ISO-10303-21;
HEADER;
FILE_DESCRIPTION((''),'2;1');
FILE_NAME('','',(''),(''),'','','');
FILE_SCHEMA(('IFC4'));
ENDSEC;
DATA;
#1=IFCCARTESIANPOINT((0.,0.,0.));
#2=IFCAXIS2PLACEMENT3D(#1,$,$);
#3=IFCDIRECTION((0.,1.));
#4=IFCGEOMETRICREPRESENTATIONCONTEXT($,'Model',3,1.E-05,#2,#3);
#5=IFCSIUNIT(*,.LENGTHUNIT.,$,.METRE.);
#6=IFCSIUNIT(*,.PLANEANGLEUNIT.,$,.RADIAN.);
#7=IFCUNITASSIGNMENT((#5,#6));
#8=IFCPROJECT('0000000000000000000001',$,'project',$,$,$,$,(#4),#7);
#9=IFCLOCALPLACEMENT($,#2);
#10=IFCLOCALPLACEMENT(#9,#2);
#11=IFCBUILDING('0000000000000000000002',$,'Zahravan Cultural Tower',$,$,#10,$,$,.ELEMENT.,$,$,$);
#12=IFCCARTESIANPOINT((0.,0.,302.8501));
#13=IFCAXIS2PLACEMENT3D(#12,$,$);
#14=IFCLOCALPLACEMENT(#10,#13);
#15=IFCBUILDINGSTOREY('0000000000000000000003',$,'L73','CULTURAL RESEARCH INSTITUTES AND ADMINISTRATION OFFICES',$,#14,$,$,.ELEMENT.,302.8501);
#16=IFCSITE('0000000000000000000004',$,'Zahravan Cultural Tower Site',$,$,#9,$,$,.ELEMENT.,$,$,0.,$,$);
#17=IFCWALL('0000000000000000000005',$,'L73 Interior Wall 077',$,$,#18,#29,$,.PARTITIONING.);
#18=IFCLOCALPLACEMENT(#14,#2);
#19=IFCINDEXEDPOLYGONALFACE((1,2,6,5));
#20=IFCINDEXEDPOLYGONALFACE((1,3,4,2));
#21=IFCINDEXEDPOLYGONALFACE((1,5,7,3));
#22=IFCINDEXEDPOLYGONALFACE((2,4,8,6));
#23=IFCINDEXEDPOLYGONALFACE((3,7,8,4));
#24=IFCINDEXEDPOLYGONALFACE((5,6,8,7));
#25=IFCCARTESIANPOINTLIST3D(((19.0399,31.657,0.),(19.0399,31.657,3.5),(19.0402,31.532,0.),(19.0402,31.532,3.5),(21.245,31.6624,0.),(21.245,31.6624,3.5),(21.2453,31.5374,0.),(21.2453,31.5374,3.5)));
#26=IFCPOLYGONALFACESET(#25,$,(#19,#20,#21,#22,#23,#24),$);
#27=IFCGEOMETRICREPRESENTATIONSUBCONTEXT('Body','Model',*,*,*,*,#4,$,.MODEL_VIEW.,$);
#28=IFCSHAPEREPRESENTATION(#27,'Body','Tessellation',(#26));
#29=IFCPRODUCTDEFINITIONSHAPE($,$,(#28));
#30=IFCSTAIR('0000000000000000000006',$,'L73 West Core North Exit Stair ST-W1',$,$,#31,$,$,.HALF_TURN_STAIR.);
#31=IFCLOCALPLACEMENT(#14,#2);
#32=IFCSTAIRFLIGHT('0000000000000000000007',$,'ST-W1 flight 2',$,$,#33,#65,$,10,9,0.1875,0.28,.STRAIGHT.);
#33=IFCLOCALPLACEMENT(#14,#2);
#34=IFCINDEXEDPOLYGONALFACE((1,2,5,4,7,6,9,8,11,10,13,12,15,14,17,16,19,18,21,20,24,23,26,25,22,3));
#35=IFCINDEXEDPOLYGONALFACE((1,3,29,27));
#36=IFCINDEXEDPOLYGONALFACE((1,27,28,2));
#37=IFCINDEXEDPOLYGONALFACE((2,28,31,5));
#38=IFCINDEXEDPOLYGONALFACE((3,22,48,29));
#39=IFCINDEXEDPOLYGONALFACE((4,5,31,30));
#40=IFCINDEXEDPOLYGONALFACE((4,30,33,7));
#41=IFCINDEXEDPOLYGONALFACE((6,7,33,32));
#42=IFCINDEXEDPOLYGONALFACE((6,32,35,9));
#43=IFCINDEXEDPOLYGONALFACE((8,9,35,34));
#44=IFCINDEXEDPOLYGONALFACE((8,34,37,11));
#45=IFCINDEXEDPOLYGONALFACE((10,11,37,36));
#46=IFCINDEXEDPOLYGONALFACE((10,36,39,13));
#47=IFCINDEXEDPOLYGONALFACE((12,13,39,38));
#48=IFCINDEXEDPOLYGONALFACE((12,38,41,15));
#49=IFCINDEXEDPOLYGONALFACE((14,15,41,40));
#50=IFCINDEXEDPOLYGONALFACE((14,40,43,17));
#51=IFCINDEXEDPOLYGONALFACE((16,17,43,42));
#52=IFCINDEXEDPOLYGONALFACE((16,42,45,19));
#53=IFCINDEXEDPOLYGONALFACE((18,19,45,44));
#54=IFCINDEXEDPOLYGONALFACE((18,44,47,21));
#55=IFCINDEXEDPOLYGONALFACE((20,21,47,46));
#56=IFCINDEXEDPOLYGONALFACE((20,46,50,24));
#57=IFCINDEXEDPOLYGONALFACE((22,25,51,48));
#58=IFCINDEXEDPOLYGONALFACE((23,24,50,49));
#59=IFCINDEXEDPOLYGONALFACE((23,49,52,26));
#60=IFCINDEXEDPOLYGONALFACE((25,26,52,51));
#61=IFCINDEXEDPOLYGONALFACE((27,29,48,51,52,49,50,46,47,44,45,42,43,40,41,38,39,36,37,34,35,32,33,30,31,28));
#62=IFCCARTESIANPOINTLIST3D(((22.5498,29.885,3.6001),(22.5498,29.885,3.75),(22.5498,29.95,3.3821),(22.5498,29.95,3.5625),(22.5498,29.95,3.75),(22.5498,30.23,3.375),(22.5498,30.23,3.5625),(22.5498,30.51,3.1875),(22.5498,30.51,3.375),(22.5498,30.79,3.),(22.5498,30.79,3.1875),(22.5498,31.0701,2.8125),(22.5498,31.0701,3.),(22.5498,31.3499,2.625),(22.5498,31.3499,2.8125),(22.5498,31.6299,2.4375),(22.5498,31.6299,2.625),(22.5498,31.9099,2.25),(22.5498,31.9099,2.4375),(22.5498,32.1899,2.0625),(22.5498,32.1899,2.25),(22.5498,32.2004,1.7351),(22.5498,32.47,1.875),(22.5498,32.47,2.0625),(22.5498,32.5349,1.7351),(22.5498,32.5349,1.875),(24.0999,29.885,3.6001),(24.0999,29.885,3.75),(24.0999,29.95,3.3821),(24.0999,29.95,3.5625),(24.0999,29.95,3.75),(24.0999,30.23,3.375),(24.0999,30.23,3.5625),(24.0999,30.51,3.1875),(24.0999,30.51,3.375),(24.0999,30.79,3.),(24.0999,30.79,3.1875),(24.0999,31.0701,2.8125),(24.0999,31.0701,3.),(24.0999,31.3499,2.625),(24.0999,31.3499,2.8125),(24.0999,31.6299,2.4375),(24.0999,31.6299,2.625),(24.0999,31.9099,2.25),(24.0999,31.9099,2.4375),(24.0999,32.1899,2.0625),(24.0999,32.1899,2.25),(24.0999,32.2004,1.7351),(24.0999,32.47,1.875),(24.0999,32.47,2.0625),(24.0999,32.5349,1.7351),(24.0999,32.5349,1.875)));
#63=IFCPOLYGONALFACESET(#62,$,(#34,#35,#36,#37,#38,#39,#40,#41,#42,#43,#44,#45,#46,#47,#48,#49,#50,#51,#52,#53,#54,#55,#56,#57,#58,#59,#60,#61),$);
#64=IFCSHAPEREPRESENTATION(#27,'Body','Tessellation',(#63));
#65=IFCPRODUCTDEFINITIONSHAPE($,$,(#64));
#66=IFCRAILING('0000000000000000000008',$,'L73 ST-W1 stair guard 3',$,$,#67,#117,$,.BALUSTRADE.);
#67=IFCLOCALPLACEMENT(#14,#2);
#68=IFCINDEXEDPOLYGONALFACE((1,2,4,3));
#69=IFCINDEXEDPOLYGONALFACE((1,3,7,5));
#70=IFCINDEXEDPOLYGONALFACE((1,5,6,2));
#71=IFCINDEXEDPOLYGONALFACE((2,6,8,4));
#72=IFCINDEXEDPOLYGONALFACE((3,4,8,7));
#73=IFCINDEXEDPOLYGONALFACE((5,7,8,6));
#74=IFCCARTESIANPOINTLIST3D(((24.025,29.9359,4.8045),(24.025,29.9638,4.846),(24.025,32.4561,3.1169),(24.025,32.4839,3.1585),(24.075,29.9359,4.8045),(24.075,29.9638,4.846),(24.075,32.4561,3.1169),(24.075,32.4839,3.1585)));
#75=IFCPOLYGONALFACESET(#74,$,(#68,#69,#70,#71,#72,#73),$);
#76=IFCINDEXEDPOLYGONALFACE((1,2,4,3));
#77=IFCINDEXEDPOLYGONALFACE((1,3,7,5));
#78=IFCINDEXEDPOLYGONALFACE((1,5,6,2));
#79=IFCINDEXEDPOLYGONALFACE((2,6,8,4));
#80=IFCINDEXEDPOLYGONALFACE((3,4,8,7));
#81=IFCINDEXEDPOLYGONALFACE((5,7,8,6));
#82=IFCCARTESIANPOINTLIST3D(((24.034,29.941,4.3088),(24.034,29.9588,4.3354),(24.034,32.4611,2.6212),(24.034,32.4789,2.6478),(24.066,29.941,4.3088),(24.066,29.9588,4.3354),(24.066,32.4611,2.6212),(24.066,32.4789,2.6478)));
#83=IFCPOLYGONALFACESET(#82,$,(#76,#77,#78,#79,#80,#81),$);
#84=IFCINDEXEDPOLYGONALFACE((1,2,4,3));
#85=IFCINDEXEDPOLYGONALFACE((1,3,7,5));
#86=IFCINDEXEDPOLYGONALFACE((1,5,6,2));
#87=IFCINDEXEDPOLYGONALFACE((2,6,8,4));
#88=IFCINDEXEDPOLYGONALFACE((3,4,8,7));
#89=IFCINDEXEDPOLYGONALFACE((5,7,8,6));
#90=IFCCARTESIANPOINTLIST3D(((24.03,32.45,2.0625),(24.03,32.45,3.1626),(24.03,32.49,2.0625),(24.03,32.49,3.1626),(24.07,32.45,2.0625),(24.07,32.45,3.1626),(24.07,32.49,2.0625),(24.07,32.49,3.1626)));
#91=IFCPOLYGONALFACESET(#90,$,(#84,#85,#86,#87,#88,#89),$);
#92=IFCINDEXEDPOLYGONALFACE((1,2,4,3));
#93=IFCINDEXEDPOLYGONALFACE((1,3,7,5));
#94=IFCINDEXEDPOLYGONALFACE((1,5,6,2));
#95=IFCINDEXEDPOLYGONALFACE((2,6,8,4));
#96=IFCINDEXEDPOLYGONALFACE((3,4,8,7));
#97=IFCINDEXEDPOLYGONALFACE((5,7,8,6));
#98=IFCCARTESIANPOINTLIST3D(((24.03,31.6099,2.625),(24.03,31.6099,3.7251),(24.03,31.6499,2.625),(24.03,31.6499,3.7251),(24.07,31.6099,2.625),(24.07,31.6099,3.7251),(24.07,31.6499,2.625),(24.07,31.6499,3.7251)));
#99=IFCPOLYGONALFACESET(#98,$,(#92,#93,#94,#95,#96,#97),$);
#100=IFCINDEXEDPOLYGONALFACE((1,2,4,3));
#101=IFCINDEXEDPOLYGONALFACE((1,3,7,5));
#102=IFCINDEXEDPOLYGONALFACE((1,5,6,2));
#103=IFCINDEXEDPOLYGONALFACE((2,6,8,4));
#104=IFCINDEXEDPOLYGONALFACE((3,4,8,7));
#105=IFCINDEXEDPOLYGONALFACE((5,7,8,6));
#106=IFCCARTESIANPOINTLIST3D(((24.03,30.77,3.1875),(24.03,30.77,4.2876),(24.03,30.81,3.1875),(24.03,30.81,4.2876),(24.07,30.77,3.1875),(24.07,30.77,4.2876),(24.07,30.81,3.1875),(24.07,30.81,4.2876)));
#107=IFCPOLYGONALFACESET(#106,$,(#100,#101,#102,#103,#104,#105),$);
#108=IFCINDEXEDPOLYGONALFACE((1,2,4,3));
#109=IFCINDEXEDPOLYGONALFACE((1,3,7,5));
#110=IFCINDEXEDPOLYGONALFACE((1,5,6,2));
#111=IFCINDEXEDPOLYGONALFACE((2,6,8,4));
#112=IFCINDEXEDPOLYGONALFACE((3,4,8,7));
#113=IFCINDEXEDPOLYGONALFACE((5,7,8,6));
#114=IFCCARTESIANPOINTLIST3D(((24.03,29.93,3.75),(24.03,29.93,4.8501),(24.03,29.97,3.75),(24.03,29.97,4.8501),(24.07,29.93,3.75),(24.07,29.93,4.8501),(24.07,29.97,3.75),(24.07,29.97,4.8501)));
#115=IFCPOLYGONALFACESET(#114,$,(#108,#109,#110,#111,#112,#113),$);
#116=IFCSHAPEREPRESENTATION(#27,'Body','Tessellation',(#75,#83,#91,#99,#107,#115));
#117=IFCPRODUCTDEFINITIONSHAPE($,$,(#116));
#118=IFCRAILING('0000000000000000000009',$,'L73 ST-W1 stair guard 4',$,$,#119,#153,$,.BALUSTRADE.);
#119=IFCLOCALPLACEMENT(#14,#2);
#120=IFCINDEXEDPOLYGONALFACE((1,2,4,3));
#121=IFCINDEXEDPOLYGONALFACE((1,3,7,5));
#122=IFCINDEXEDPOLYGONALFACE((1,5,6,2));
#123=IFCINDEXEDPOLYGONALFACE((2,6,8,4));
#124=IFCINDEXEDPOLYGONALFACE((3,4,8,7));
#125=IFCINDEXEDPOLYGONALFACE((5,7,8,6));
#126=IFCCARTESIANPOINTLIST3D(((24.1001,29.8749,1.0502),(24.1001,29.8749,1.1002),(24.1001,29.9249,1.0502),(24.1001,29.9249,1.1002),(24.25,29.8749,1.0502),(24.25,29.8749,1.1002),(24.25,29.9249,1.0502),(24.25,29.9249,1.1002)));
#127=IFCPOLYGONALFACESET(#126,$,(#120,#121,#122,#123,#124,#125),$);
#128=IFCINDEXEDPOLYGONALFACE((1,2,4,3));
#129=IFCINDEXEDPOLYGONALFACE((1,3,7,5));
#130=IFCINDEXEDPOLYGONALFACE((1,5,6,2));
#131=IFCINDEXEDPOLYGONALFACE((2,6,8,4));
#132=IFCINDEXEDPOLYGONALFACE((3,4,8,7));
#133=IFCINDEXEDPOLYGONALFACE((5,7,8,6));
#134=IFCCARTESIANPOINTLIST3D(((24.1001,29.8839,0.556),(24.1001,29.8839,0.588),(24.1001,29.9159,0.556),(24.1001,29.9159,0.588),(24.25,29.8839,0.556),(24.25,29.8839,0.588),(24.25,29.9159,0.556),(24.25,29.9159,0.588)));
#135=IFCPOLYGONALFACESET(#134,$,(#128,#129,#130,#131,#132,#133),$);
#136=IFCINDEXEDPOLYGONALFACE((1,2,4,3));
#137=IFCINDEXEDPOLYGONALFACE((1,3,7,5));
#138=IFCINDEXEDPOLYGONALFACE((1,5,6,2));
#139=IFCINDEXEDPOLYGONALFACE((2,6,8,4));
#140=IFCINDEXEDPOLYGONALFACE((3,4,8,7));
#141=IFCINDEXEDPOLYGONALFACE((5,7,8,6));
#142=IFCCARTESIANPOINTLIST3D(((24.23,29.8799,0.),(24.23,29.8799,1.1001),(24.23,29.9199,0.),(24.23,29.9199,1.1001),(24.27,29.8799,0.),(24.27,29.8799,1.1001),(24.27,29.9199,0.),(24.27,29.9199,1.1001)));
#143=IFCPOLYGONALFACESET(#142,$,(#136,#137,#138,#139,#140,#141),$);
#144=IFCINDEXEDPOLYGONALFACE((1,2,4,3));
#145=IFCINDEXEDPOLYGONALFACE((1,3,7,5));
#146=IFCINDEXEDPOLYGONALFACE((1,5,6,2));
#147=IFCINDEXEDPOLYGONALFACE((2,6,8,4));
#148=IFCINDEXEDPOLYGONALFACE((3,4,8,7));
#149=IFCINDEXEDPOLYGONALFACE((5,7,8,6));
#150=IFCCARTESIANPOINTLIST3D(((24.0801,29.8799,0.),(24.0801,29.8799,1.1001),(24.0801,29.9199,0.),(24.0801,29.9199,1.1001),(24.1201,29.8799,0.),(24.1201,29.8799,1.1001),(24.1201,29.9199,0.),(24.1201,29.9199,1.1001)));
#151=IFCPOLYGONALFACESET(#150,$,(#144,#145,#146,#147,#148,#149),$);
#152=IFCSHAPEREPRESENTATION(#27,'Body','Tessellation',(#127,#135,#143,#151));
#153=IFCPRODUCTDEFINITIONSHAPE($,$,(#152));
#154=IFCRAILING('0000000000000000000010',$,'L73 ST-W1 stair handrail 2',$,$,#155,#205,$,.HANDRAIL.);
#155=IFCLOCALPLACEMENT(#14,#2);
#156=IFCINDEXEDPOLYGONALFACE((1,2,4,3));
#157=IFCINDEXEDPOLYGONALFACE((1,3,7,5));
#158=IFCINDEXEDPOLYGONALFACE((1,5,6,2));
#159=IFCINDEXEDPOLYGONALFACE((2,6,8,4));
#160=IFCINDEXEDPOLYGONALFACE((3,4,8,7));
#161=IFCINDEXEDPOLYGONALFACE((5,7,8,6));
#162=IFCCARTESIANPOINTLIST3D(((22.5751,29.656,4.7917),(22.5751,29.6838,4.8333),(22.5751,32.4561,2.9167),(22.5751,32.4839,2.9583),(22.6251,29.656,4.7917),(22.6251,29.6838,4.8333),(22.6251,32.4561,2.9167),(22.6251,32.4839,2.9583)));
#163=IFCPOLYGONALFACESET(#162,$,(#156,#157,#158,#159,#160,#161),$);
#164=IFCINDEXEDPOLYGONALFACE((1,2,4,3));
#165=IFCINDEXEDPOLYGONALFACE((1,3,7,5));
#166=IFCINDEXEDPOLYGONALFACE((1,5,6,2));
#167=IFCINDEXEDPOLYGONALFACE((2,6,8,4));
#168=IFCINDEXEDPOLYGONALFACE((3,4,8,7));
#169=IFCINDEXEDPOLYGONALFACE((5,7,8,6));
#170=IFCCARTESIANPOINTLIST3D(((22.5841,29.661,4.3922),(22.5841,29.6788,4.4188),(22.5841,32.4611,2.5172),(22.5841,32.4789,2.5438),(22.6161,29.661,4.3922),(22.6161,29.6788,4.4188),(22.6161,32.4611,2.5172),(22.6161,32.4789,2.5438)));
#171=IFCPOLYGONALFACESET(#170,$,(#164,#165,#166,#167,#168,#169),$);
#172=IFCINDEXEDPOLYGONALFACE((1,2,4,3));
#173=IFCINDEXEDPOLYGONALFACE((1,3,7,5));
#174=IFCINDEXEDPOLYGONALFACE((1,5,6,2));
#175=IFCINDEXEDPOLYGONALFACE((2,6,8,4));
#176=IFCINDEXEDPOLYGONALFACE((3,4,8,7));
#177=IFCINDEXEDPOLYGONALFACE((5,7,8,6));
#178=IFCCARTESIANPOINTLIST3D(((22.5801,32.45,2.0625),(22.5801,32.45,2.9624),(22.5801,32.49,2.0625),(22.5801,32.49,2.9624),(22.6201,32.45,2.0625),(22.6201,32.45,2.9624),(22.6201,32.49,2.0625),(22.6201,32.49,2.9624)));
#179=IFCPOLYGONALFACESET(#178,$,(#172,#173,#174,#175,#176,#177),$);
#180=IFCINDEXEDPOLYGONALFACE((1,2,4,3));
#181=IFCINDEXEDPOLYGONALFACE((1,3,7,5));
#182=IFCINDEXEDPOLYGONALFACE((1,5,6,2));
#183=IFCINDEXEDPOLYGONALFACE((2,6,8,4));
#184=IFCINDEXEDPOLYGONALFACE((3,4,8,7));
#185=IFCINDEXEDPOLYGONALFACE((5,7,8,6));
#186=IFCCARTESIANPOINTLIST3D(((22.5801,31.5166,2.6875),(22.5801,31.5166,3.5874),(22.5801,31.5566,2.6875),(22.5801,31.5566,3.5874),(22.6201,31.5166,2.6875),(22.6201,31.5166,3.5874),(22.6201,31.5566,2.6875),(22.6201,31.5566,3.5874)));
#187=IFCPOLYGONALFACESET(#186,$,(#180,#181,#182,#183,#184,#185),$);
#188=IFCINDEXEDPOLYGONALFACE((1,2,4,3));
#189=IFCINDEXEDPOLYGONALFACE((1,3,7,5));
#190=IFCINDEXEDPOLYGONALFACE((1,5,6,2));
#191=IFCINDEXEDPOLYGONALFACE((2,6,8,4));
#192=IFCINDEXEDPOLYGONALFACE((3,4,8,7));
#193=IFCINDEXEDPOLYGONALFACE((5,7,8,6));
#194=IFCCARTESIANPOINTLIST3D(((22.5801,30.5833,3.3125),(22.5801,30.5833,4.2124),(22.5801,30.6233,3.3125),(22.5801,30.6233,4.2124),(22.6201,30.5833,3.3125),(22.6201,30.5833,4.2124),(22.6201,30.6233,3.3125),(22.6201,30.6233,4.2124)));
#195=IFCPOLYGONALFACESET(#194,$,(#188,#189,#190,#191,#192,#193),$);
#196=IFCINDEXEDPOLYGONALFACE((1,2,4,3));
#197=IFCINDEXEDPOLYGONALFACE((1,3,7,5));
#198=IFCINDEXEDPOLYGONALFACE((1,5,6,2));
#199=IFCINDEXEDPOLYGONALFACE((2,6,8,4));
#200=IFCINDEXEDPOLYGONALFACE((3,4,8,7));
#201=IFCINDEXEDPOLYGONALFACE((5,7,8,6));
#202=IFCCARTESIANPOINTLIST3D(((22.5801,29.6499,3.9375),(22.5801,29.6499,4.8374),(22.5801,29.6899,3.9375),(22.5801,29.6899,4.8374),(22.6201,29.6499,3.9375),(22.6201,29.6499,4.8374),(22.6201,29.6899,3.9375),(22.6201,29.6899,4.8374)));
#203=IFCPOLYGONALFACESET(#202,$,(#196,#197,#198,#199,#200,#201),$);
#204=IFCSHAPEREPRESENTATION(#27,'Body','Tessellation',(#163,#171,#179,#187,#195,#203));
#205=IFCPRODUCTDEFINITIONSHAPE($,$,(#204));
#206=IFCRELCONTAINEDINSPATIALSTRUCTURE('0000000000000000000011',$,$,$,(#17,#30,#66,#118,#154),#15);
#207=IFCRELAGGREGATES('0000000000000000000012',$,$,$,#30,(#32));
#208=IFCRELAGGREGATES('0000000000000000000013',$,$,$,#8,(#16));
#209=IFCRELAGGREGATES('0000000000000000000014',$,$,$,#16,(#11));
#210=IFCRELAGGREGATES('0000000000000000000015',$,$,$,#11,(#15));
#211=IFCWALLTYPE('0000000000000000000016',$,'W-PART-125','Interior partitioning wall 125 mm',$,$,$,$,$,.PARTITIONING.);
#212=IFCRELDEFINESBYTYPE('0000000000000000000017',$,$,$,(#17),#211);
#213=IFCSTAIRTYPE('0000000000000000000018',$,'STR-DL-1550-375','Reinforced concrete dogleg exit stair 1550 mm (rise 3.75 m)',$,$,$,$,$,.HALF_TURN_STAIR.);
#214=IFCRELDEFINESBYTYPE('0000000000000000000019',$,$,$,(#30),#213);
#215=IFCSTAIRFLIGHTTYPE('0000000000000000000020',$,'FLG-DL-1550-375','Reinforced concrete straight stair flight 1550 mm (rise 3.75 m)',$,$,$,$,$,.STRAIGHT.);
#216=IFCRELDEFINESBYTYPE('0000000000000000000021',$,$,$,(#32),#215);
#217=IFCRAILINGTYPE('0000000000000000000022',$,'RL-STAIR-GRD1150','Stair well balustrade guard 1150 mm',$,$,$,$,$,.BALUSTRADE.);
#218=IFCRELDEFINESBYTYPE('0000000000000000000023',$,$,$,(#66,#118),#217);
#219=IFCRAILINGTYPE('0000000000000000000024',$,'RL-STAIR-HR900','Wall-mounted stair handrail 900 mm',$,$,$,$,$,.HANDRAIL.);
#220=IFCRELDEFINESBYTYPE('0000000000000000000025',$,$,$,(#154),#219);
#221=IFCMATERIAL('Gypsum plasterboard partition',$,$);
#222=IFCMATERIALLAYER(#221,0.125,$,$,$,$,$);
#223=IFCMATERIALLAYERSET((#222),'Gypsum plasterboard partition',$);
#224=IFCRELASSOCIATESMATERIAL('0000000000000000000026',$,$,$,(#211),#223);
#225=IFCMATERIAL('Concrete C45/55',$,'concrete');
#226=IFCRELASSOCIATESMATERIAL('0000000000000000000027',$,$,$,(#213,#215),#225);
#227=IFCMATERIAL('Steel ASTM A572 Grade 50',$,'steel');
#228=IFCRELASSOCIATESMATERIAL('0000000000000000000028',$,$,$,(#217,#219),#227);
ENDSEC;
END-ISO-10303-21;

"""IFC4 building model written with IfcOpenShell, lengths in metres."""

from ifc_helpers import new_model, si_unit, direction, frame, frame_2d, origin, origin_2d, place, context, subcontext, project, spatial, polyline, rectangle, outline, extrude, source, transform, mapped, material, layer, layer_set, type_object, element, aggregate, save


model = new_model("IFC4")

# Units and contexts
model_context = context("Model", 3, precision=1e-05, world=origin(), true_north=direction((0.0, 1.0)))
body_context = subcontext(model_context, "Body", "Model", "MODEL_VIEW")
ifc_project = project(units=[si_unit("LENGTHUNIT", "METRE"), si_unit("PLANEANGLEUNIT", "RADIAN")], contexts=[model_context])

# Site, building, storey
site_placement = place(None, origin())
site = spatial("IfcSite", under=ifc_project, at=site_placement, Name="Zahravan Cultural Tower Site", CompositionType="ELEMENT", RefElevation=0.0)
building_placement = place(site_placement, origin())
building = spatial("IfcBuilding", under=site, at=building_placement, Name="Zahravan Cultural Tower", CompositionType="ELEMENT")
storey_placement = place(building_placement, frame((0.0, 0.0, 302.8501)))
storey = spatial("IfcBuildingStorey", under=building, at=storey_placement, Name="L73", Description="CULTURAL RESEARCH INSTITUTES AND ADMINISTRATION OFFICES", CompositionType="ELEMENT", Elevation=302.8501)

# Shared definitions
ifc_material_1 = material(Name="Gypsum plasterboard partition")
ifc_layer_1 = layer(ifc_material_1, 0.125)
ifc_layer_set_1 = layer_set([ifc_layer_1], Name="Gypsum plasterboard partition")
wall_type_1 = type_object("IfcWallType", Name="W-PART-125", Description="Interior partitioning wall 125 mm", PredefinedType="PARTITIONING", material=ifc_layer_set_1)

# Wall
ifc_material_2 = material(Name="Concrete C45/55", Category="concrete")
shared_shape_1 = source(origin(), body_context, "Body", "SweptSolid", [
    extrude(rectangle(XDim=2.2051, YDim=0.125, at=frame_2d((1.1025, 0.0))), origin(), (0.0, 0.0, 1.0), 3.5),
])
wall_1_placement = place(storey_placement, frame((21.2451, 31.5999, 0.0), z_axis=(0.0, 0.0, 1.0), x_axis=(-0.999997, -0.002436, 0.0)))
element("IfcWall", 1, at=wall_1_placement, inside=storey, type_object=wall_type_1, Name="L73 Interior Wall 077", PredefinedType="PARTITIONING", context=body_context, shape_type="MappedRepresentation", body=[
    mapped(shared_shape_1, transform((0.0, 0.0, 0.0), x_axis=(1.0, 0.0, 0.0), y_axis=(0.0, 1.0, 0.0), z_axis=(0.0, 0.0, 1.0), scale=1.0)),
])

# Stair, stair flight
stair_type = type_object("IfcStairType", Name="STR-DL-1550-375", Description="Reinforced concrete dogleg exit stair 1550 mm (rise 3.75 m)", PredefinedType="HALF_TURN_STAIR", material=ifc_material_2)
stair_placement = place(storey_placement, origin())
stair = element("IfcStair", 2, at=stair_placement, inside=storey, type_object=stair_type, Name="L73 West Core North Exit Stair ST-W1", PredefinedType="HALF_TURN_STAIR")
stair_flight_type = type_object("IfcStairFlightType", Name="FLG-DL-1550-375", Description="Reinforced concrete straight stair flight 1550 mm (rise 3.75 m)", PredefinedType="STRAIGHT", material=ifc_material_2)
stair_flight_placement = place(storey_placement, frame((23.325, 32.47, 1.875), z_axis=(0.0, 0.0, 1.0), x_axis=(0.0, -1.0, 0.0)))
stair_flight = element("IfcStairFlight", 3, at=stair_flight_placement, type_object=stair_flight_type, Name="ST-W1 flight 2", NumberOfRisers=10, NumberOfTreads=9, PredefinedType="STRAIGHT", RiserHeight=0.1875, TreadLength=0.28, context=body_context, shape_type="SweptSolid", body=[
    extrude(outline(polyline([(-0.0649, -0.1399), (-0.0649, 0.0), (0.0, 0.0), (0.0, 0.1875), (0.28, 0.1875), (0.28, 0.375), (0.5601, 0.375), (0.5601, 0.5625), (0.8401, 0.5625), (0.8401, 0.75), (1.1201, 0.75), (1.1201, 0.9375), (1.3999, 0.9375), (1.3999, 1.125), (1.6799, 1.125), (1.6799, 1.3125), (1.96, 1.3125), (1.96, 1.5), (2.24, 1.5), (2.24, 1.6875), (2.52, 1.6875), (2.52, 1.875), (2.585, 1.875), (2.585, 1.7251), (2.52, 1.5071), (0.2695, -0.1399), (-0.0649, -0.1399)])), frame((0.0, 0.7749, 0.0), z_axis=(0.0, -1.0, 0.0), x_axis=(1.0, 0.0, 0.0)), (0.0, 0.0, 1.0), 1.55),
])
aggregate(stair, [stair_flight])

# Railings
ifc_material_3 = material(Name="Steel ASTM A572 Grade 50", Category="steel")
railing_type_1 = type_object("IfcRailingType", Name="RL-STAIR-GRD1150", Description="Stair well balustrade guard 1150 mm", PredefinedType="BALUSTRADE", material=ifc_material_3)
railing_1_placement = place(storey_placement, frame((24.05, 32.47, 2.0625)))
element("IfcRailing", 4, at=railing_1_placement, inside=storey, type_object=railing_type_1, Name="L73 ST-W1 stair guard 3", PredefinedType="BALUSTRADE", context=body_context, shape_type="SweptSolid", body=[
    extrude(rectangle(XDim=0.05, YDim=0.05, at=origin_2d()), frame((0.0, 0.0, 1.0752), z_axis=(0.0, -0.830909, 0.556408), x_axis=(1.0, 0.0, 0.0)), (0.0, 0.0, 1.0), 3.033),
    extrude(rectangle(XDim=0.032, YDim=0.032, at=origin_2d()), frame((0.0, 0.0, 0.572), z_axis=(0.0, -0.830909, 0.556408), x_axis=(1.0, 0.0, 0.0)), (0.0, 0.0, 1.0), 3.033),
    extrude(rectangle(XDim=0.04, YDim=0.04, at=origin_2d()), origin(), (0.0, 0.0, 1.0), 1.1001),
    extrude(rectangle(XDim=0.04, YDim=0.04, at=origin_2d()), frame((0.0, -0.8401, 0.5625)), (0.0, 0.0, 1.0), 1.1001),
    extrude(rectangle(XDim=0.04, YDim=0.04, at=origin_2d()), frame((0.0, -1.6799, 1.125)), (0.0, 0.0, 1.0), 1.1001),
    extrude(rectangle(XDim=0.04, YDim=0.04, at=origin_2d()), frame((0.0, -2.52, 1.6875)), (0.0, 0.0, 1.0), 1.1001),
])
railing_2_placement = place(storey_placement, frame((24.25, 29.8999, 0.0)))
element("IfcRailing", 5, at=railing_2_placement, inside=storey, type_object=railing_type_1, Name="L73 ST-W1 stair guard 4", PredefinedType="BALUSTRADE", context=body_context, shape_type="SweptSolid", body=[
    extrude(rectangle(XDim=0.05, YDim=0.05, at=origin_2d()), frame((0.0, 0.0, 1.0752), z_axis=(-1.0, 0.0, 0.0), x_axis=(0.0, -1.0, 0.0)), (0.0, 0.0, 1.0), 0.1499),
    extrude(rectangle(XDim=0.032, YDim=0.032, at=origin_2d()), frame((0.0, 0.0, 0.572), z_axis=(-1.0, 0.0, 0.0), x_axis=(0.0, -1.0, 0.0)), (0.0, 0.0, 1.0), 0.1499),
    extrude(rectangle(XDim=0.04, YDim=0.04, at=origin_2d()), origin(), (0.0, 0.0, 1.0), 1.1001),
    extrude(rectangle(XDim=0.04, YDim=0.04, at=origin_2d()), frame((-0.1499, 0.0, 0.0)), (0.0, 0.0, 1.0), 1.1001),
])
railing_type_2 = type_object("IfcRailingType", Name="RL-STAIR-HR900", Description="Wall-mounted stair handrail 900 mm", PredefinedType="HANDRAIL", material=ifc_material_3)
railing_3_placement = place(storey_placement, frame((22.6001, 32.47, 2.0625)))
element("IfcRailing", 6, at=railing_3_placement, inside=storey, type_object=railing_type_2, Name="L73 ST-W1 stair handrail 2", PredefinedType="HANDRAIL", context=body_context, shape_type="SweptSolid", body=[
    extrude(rectangle(XDim=0.05, YDim=0.05, at=origin_2d()), frame((0.0, 0.0, 0.875), z_axis=(0.0, -0.830912, 0.556404), x_axis=(1.0, 0.0, 0.0)), (0.0, 0.0, 1.0), 3.3699),
    extrude(rectangle(XDim=0.032, YDim=0.032, at=origin_2d()), frame((0.0, 0.0, 0.468), z_axis=(0.0, -0.830912, 0.556404), x_axis=(1.0, 0.0, 0.0)), (0.0, 0.0, 1.0), 3.3699),
    extrude(rectangle(XDim=0.04, YDim=0.04, at=origin_2d()), origin(), (0.0, 0.0, 1.0), 0.8999),
    extrude(rectangle(XDim=0.04, YDim=0.04, at=origin_2d()), frame((0.0, -0.9333, 0.625)), (0.0, 0.0, 1.0), 0.8999),
    extrude(rectangle(XDim=0.04, YDim=0.04, at=origin_2d()), frame((0.0, -1.8667, 1.25)), (0.0, 0.0, 1.0), 0.8999),
    extrude(rectangle(XDim=0.04, YDim=0.04, at=origin_2d()), frame((0.0, -2.8, 1.875)), (0.0, 0.0, 1.0), 0.8999),
])

save(model, "model.ifc")
